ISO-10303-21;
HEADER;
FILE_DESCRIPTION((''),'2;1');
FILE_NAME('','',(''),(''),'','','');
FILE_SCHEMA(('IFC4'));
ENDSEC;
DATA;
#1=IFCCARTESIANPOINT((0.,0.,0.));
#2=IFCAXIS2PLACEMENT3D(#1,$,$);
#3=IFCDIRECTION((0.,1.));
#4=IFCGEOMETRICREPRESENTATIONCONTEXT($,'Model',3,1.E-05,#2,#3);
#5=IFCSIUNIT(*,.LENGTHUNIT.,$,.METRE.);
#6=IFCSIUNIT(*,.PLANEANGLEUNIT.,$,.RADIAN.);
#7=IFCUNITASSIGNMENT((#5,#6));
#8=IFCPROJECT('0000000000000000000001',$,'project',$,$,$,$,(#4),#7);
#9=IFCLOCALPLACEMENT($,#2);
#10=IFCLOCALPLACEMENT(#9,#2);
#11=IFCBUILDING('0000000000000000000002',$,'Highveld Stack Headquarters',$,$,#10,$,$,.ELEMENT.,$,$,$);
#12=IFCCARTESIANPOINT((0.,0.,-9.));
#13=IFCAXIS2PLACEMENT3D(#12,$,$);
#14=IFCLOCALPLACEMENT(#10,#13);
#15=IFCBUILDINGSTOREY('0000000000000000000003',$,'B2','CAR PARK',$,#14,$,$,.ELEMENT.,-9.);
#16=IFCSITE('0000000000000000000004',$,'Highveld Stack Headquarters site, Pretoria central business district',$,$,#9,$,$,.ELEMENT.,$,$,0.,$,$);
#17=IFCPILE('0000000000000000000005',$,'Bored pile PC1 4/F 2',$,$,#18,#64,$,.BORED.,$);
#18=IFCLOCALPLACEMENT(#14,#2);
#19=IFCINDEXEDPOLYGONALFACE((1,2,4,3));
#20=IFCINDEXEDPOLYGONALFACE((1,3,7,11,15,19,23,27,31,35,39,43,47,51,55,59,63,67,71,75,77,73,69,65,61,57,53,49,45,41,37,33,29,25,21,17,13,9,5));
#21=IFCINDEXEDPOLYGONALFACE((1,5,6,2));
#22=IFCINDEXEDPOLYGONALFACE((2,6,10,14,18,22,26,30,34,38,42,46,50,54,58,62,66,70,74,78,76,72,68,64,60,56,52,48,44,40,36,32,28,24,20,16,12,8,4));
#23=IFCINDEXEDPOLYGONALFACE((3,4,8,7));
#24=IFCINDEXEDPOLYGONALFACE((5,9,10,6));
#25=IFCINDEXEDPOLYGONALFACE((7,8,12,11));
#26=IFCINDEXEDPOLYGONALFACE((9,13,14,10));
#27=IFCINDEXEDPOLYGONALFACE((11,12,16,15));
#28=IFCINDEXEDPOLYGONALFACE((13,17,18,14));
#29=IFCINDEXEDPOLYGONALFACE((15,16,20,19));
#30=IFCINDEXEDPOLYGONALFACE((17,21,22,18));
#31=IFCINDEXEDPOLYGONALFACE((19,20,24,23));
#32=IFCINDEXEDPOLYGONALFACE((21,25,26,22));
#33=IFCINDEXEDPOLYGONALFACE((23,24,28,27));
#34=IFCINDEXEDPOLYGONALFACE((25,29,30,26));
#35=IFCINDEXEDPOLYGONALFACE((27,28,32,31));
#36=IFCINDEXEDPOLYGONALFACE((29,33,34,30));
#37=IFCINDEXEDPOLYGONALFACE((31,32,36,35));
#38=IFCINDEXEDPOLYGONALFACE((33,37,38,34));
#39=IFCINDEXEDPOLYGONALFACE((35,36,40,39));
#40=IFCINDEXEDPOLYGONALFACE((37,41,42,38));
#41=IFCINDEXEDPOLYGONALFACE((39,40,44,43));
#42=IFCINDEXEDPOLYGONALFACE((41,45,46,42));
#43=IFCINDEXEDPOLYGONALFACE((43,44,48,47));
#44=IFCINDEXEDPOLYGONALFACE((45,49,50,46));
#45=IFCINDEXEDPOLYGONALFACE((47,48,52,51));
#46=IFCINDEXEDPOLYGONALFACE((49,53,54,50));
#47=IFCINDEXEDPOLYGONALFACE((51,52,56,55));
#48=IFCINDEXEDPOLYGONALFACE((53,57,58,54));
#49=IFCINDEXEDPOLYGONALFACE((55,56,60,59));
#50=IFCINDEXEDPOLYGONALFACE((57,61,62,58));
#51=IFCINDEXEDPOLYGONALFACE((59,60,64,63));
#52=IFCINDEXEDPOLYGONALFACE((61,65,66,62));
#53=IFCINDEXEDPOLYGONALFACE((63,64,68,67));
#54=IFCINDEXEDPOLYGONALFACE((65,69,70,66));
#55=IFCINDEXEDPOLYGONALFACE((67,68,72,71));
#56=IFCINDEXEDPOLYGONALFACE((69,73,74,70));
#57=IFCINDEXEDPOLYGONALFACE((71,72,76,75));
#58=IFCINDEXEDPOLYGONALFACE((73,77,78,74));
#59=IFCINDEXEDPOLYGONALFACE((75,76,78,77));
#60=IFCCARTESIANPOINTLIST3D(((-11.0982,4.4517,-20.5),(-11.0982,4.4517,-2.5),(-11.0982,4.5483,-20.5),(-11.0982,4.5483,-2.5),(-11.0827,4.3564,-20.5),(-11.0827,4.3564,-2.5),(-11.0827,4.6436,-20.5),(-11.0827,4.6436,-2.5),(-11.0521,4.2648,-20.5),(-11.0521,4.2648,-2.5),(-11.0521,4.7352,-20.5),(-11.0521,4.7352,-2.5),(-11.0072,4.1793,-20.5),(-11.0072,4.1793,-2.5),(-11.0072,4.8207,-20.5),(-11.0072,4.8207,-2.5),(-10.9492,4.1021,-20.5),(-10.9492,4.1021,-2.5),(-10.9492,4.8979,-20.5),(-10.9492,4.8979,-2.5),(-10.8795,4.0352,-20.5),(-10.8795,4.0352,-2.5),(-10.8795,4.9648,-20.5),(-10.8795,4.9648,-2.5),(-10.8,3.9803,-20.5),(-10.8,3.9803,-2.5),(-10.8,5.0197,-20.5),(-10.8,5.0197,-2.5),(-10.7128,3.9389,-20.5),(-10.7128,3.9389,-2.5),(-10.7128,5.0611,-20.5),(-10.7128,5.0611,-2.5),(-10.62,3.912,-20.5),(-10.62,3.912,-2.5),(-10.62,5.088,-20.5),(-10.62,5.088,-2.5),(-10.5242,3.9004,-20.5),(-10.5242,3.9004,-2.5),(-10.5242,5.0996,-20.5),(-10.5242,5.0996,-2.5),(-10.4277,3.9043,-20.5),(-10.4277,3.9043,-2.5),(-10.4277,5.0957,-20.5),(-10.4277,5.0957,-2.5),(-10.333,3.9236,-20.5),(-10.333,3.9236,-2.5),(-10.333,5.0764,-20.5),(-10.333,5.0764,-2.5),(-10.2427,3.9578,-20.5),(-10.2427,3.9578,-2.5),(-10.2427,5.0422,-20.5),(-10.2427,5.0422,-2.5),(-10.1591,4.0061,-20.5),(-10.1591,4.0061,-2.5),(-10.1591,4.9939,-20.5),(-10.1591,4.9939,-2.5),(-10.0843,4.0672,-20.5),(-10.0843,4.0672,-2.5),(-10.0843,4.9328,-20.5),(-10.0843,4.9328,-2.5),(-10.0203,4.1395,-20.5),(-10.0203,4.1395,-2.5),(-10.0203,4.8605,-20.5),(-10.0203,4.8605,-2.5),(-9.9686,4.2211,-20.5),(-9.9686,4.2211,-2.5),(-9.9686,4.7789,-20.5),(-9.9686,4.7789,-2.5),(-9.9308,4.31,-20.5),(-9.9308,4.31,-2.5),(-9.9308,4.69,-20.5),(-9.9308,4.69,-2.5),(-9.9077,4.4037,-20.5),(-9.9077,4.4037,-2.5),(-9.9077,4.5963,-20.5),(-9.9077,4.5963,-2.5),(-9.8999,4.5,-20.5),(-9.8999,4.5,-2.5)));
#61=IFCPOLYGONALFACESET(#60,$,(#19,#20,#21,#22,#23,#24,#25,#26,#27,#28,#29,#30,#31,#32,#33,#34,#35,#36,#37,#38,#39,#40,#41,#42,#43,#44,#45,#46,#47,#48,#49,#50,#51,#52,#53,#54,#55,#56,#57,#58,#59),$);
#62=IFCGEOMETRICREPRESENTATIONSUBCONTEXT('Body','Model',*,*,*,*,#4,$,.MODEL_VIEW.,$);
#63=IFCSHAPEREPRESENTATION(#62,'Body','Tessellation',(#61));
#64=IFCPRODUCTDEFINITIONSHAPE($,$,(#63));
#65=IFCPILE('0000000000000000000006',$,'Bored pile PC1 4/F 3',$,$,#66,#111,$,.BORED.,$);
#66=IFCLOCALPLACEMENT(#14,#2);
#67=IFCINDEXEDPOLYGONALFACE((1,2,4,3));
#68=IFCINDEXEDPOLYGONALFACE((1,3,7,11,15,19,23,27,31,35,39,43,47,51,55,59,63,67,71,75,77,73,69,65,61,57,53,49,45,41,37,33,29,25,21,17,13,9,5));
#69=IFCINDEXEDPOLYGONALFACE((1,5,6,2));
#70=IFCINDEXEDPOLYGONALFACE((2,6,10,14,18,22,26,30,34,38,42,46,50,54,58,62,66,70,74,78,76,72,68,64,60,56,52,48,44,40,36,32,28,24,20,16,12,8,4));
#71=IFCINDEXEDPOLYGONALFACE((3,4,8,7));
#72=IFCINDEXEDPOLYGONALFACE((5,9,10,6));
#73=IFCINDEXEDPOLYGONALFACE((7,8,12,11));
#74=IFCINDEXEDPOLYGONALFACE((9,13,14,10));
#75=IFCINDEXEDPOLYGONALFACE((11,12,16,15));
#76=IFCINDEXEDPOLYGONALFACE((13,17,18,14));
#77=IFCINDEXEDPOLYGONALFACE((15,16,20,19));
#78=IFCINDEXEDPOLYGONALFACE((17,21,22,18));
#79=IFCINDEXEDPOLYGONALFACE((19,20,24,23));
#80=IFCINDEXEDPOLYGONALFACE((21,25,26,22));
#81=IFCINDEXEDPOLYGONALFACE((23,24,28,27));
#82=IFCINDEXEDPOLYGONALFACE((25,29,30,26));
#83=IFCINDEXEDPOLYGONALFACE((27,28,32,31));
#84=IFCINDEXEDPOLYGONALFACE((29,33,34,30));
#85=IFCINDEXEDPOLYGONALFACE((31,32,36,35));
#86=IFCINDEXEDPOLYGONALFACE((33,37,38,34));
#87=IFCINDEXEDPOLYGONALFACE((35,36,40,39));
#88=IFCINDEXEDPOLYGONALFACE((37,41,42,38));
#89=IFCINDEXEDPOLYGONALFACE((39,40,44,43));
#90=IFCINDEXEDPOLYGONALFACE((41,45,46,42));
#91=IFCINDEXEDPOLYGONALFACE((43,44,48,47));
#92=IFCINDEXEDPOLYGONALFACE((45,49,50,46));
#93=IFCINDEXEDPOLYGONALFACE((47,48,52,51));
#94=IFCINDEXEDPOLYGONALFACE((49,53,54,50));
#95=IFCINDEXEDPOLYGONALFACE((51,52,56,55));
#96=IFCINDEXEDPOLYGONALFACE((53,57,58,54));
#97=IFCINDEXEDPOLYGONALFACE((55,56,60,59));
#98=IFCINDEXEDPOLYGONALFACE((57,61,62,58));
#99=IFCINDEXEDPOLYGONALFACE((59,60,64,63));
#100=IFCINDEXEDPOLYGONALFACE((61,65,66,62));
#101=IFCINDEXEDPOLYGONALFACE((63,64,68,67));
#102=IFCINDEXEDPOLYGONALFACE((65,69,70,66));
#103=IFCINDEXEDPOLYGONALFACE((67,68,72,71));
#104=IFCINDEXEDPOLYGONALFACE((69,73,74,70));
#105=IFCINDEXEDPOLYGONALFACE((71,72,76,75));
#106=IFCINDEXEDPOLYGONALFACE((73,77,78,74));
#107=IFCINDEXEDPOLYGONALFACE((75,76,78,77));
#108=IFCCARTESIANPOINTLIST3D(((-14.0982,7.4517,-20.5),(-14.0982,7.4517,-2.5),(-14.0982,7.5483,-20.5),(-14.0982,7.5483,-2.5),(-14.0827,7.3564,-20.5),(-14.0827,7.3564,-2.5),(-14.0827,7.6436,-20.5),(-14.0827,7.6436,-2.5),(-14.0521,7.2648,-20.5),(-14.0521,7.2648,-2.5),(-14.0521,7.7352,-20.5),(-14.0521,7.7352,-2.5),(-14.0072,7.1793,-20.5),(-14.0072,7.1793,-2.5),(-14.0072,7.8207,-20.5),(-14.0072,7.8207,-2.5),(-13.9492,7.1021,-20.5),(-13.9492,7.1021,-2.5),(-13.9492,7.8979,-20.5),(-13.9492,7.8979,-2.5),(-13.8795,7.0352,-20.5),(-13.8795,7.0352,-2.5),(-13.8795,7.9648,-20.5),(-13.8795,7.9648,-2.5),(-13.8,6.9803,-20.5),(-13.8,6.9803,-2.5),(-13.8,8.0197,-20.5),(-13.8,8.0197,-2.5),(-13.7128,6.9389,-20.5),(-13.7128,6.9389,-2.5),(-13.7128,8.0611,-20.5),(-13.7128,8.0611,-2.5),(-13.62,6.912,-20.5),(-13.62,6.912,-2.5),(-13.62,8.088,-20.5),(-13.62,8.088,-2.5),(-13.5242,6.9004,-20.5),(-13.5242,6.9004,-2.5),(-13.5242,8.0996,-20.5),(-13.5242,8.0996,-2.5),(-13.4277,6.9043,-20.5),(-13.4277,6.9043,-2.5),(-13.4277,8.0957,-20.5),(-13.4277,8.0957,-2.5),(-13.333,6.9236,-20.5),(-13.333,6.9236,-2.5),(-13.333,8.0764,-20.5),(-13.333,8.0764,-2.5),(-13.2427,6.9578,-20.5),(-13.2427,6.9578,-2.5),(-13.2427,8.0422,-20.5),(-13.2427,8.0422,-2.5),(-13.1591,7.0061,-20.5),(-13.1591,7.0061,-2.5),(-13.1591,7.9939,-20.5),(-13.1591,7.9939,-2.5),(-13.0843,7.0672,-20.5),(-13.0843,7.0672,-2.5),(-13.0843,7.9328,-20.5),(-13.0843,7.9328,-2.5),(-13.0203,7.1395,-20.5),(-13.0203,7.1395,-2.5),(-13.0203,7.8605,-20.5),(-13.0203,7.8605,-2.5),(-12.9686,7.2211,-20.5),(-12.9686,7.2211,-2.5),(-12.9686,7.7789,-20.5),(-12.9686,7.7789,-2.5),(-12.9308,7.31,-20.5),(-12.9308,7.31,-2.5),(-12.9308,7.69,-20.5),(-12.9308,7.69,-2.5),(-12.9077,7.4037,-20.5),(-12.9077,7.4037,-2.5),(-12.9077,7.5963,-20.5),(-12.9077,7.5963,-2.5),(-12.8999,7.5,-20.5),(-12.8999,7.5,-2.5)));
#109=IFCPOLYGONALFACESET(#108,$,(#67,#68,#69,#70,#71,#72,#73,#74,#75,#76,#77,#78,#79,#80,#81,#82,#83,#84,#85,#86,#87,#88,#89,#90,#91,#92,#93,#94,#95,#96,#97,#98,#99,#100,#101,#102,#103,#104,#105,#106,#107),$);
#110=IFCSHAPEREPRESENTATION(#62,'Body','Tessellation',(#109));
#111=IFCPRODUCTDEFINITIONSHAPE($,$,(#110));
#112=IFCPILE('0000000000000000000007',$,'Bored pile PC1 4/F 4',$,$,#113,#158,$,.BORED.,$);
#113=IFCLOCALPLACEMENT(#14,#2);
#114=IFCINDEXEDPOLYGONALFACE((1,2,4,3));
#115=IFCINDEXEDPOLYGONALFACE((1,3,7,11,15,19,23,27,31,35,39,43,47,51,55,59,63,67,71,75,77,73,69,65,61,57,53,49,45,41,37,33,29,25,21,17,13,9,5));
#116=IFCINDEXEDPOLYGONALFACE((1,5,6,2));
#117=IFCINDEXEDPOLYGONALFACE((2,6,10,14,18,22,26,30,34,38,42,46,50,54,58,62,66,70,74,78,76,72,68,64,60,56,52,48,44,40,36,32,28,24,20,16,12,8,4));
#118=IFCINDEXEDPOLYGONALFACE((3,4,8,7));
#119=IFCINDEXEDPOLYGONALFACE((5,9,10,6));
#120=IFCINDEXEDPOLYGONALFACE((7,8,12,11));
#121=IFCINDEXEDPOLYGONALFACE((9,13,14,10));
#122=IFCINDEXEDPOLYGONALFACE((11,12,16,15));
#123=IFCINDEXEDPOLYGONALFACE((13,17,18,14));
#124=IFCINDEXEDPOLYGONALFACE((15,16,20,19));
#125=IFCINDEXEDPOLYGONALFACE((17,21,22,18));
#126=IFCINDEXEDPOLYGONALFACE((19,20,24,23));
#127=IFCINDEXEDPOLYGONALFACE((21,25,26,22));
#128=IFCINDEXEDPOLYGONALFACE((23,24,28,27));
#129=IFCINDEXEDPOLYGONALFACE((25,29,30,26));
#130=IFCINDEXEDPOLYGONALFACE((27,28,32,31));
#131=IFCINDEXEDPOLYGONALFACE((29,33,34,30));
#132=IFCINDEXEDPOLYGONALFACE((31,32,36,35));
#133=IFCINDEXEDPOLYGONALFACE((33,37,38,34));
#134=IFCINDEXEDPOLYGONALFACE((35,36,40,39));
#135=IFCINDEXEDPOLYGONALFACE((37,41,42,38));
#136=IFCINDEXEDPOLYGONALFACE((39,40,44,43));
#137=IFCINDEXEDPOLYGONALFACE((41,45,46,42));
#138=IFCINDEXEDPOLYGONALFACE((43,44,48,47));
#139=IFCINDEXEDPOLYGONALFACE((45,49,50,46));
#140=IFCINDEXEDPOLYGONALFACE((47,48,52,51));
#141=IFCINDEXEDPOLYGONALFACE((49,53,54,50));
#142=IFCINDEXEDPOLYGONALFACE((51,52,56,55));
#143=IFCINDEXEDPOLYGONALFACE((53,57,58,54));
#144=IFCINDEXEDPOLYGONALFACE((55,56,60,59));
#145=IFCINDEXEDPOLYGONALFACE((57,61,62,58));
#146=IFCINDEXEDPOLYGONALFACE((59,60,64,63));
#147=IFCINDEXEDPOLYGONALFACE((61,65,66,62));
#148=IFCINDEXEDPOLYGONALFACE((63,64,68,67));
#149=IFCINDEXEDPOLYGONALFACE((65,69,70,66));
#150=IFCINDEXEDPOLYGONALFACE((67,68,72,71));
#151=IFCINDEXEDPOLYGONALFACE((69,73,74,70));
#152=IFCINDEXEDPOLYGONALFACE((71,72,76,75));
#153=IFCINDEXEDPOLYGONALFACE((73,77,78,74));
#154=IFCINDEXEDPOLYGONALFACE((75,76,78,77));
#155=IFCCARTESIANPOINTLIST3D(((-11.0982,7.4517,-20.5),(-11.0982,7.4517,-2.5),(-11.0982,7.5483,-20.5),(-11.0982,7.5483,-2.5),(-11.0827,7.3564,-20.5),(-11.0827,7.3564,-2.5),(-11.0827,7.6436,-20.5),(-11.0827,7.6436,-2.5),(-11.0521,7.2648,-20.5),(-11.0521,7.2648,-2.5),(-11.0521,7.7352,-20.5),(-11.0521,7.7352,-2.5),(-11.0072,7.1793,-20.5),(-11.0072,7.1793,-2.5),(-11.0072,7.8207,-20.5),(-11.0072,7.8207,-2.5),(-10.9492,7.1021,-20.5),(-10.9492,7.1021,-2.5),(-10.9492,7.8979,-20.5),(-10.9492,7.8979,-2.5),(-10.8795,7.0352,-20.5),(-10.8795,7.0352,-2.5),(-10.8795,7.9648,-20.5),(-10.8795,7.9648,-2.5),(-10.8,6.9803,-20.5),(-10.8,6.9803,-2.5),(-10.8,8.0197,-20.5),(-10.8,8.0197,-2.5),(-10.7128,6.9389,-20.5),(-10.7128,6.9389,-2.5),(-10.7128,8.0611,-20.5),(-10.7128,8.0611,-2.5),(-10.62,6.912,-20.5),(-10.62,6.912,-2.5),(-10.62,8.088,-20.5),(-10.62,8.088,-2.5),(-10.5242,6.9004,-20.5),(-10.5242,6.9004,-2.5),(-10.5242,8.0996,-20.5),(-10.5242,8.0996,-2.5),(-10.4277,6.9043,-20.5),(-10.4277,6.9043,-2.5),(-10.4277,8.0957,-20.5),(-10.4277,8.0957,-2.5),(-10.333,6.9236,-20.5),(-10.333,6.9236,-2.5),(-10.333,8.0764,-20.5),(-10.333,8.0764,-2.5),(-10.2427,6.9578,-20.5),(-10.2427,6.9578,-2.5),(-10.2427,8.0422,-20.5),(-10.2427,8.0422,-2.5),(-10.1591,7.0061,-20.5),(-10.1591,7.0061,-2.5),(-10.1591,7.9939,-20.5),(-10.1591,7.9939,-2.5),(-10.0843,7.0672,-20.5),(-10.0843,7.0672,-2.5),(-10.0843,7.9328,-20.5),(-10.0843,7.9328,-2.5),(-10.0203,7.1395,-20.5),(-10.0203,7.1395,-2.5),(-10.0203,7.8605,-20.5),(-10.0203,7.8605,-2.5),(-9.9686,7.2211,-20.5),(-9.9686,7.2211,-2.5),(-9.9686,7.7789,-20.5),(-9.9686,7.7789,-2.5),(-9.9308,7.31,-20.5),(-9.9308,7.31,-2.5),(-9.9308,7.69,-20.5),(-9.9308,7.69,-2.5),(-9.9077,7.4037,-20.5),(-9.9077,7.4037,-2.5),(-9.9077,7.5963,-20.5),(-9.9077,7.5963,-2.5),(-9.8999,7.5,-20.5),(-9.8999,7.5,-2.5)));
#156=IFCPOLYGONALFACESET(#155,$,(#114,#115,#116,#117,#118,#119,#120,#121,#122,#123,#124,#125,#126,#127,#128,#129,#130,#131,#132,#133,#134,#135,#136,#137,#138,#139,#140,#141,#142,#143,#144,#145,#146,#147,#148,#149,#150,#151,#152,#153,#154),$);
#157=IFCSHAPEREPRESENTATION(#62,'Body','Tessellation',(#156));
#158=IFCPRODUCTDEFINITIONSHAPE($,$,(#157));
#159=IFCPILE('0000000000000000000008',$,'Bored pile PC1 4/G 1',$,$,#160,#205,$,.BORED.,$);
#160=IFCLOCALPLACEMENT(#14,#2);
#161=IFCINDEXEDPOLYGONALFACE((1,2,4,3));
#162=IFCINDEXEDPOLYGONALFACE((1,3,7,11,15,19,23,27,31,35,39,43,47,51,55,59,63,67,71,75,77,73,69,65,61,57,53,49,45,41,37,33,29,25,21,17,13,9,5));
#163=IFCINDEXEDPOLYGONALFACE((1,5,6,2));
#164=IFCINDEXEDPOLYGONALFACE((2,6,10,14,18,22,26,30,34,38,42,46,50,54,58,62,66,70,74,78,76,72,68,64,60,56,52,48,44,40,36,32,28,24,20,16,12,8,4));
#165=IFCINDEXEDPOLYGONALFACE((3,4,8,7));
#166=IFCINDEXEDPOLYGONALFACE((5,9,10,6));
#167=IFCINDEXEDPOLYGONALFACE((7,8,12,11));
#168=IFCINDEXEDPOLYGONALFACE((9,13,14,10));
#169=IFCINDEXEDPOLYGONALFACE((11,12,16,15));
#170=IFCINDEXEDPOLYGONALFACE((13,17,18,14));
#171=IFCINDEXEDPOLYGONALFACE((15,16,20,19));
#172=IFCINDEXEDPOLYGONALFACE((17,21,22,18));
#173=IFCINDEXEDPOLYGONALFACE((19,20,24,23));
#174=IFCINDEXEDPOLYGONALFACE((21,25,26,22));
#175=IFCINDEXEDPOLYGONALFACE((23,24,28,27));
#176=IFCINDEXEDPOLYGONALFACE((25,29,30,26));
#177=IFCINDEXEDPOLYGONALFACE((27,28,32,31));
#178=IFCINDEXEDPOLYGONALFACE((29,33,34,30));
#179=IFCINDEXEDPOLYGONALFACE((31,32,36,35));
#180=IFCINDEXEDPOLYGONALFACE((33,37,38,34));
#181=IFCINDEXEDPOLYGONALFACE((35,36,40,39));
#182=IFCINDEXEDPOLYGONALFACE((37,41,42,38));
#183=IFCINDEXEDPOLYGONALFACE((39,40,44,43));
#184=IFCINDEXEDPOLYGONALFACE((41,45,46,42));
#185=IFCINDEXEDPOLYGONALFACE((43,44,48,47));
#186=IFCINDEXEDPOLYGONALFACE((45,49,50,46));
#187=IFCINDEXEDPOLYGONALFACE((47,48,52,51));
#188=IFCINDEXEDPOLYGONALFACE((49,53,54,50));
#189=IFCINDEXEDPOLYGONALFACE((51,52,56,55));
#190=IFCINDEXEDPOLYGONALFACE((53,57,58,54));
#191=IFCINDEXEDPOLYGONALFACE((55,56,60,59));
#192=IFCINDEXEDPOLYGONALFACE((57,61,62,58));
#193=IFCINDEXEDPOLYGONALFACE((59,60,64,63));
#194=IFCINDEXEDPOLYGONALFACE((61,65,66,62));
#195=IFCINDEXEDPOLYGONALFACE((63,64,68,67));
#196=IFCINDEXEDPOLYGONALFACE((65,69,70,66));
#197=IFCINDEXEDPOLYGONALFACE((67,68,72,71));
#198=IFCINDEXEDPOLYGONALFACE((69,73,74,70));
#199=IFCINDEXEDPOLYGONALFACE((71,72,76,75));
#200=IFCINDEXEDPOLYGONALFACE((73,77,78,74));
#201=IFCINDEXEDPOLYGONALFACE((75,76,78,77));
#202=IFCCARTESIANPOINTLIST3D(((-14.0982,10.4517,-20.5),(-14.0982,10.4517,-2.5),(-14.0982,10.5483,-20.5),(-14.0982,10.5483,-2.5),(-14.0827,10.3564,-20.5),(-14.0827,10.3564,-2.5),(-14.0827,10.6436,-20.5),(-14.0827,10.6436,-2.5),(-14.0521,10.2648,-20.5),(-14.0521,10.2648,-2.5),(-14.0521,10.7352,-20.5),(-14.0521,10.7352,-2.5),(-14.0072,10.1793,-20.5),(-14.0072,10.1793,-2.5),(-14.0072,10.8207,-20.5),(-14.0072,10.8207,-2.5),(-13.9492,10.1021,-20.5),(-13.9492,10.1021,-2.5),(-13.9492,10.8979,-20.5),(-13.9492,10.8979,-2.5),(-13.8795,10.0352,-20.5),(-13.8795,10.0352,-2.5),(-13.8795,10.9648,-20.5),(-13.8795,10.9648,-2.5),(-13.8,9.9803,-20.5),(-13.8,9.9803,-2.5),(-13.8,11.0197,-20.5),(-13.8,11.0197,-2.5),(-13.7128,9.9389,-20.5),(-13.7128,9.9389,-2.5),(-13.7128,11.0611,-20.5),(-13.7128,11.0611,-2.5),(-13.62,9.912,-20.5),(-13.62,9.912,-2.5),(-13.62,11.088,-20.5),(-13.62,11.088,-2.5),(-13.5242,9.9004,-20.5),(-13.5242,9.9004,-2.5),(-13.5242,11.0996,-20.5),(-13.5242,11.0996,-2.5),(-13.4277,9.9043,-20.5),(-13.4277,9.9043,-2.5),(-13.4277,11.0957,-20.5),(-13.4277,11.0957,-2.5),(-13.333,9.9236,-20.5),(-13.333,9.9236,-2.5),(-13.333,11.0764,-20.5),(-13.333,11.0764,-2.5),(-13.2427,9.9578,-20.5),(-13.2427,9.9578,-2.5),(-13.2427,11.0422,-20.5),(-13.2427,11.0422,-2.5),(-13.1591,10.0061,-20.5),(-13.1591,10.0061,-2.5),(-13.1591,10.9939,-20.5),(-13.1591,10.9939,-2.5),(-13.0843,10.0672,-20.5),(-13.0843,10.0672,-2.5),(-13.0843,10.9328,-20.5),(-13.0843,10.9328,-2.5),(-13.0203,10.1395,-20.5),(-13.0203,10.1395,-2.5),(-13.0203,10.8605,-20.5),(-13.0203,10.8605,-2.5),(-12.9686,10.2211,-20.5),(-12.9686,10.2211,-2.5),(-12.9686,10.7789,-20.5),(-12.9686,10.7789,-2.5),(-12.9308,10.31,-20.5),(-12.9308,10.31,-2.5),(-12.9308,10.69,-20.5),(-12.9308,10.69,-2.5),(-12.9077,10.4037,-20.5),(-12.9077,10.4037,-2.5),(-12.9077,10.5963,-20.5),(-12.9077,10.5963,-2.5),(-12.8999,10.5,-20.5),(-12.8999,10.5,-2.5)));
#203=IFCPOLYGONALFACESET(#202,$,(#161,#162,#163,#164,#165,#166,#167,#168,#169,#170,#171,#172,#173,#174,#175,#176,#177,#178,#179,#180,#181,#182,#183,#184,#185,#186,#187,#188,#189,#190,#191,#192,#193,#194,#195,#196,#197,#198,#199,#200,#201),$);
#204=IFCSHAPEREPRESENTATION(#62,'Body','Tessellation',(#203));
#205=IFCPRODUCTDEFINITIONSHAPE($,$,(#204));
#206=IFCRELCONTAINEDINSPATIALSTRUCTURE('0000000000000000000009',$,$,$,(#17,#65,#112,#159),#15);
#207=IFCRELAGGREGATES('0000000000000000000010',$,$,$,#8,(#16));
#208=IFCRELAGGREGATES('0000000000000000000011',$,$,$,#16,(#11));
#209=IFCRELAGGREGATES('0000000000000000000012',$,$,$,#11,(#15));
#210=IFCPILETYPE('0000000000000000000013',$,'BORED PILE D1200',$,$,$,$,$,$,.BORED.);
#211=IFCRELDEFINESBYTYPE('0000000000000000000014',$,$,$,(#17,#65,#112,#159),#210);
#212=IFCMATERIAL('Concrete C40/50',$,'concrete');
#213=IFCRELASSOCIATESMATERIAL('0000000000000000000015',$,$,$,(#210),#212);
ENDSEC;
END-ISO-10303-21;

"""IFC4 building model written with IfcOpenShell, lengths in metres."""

from ifc_helpers import new_model, si_unit, direction, frame, origin, origin_2d, place, context, subcontext, project, spatial, circle, extrude, material, type_object, element, save


model = new_model("IFC4")

# Units and contexts
model_context = context("Model", 3, precision=1e-05, world=origin(), true_north=direction((0.0, 1.0)))
body_context = subcontext(model_context, "Body", "Model", "MODEL_VIEW")
ifc_project = project(units=[si_unit("LENGTHUNIT", "METRE"), si_unit("PLANEANGLEUNIT", "RADIAN")], contexts=[model_context])

# Site, building, storey
site_placement = place(None, origin())
site = spatial("IfcSite", under=ifc_project, at=site_placement, Name="Highveld Stack Headquarters site, Pretoria central business district", CompositionType="ELEMENT", RefElevation=0.0)
building_placement = place(site_placement, origin())
building = spatial("IfcBuilding", under=site, at=building_placement, Name="Highveld Stack Headquarters", CompositionType="ELEMENT")
storey_placement = place(building_placement, frame((0.0, 0.0, -9.0)))
storey = spatial("IfcBuildingStorey", under=building, at=storey_placement, Name="B2", Description="CAR PARK", CompositionType="ELEMENT", Elevation=-9.0)

# Piles
ifc_material_1 = material(Name="Concrete C40/50", Category="concrete")
pile_type_1 = type_object("IfcPileType", Name="BORED PILE D1200", PredefinedType="BORED", material=ifc_material_1)
for number, where, z_axis, x_axis, name in (
    (1, (-10.5, 4.5, -2.5), (0.0, 0.0, -1.0), (1.0, 0.0, 0.0), "Bored pile PC1 4/F 2"),
    (2, (-13.5, 7.5, -2.5), (0.0, 0.0, -1.0), (1.0, 0.0, 0.0), "Bored pile PC1 4/F 3"),
    (3, (-10.5, 7.5, -2.5), (0.0, 0.0, -1.0), (1.0, 0.0, 0.0), "Bored pile PC1 4/F 4"),
    (4, (-13.5, 10.5, -2.5), (0.0, 0.0, -1.0), (1.0, 0.0, 0.0), "Bored pile PC1 4/G 1"),
):
    element("IfcPile", number, at=place(storey_placement, frame(where, z_axis=z_axis, x_axis=x_axis)), inside=storey, type_object=pile_type_1, Name=name, PredefinedType="BORED", context=body_context, shape_type="SweptSolid", body=[
        extrude(circle(Radius=0.6001, at=origin_2d()), origin(), (0.0, 0.0, 1.0), 18.0),
    ])

save(model, "model.ifc")
